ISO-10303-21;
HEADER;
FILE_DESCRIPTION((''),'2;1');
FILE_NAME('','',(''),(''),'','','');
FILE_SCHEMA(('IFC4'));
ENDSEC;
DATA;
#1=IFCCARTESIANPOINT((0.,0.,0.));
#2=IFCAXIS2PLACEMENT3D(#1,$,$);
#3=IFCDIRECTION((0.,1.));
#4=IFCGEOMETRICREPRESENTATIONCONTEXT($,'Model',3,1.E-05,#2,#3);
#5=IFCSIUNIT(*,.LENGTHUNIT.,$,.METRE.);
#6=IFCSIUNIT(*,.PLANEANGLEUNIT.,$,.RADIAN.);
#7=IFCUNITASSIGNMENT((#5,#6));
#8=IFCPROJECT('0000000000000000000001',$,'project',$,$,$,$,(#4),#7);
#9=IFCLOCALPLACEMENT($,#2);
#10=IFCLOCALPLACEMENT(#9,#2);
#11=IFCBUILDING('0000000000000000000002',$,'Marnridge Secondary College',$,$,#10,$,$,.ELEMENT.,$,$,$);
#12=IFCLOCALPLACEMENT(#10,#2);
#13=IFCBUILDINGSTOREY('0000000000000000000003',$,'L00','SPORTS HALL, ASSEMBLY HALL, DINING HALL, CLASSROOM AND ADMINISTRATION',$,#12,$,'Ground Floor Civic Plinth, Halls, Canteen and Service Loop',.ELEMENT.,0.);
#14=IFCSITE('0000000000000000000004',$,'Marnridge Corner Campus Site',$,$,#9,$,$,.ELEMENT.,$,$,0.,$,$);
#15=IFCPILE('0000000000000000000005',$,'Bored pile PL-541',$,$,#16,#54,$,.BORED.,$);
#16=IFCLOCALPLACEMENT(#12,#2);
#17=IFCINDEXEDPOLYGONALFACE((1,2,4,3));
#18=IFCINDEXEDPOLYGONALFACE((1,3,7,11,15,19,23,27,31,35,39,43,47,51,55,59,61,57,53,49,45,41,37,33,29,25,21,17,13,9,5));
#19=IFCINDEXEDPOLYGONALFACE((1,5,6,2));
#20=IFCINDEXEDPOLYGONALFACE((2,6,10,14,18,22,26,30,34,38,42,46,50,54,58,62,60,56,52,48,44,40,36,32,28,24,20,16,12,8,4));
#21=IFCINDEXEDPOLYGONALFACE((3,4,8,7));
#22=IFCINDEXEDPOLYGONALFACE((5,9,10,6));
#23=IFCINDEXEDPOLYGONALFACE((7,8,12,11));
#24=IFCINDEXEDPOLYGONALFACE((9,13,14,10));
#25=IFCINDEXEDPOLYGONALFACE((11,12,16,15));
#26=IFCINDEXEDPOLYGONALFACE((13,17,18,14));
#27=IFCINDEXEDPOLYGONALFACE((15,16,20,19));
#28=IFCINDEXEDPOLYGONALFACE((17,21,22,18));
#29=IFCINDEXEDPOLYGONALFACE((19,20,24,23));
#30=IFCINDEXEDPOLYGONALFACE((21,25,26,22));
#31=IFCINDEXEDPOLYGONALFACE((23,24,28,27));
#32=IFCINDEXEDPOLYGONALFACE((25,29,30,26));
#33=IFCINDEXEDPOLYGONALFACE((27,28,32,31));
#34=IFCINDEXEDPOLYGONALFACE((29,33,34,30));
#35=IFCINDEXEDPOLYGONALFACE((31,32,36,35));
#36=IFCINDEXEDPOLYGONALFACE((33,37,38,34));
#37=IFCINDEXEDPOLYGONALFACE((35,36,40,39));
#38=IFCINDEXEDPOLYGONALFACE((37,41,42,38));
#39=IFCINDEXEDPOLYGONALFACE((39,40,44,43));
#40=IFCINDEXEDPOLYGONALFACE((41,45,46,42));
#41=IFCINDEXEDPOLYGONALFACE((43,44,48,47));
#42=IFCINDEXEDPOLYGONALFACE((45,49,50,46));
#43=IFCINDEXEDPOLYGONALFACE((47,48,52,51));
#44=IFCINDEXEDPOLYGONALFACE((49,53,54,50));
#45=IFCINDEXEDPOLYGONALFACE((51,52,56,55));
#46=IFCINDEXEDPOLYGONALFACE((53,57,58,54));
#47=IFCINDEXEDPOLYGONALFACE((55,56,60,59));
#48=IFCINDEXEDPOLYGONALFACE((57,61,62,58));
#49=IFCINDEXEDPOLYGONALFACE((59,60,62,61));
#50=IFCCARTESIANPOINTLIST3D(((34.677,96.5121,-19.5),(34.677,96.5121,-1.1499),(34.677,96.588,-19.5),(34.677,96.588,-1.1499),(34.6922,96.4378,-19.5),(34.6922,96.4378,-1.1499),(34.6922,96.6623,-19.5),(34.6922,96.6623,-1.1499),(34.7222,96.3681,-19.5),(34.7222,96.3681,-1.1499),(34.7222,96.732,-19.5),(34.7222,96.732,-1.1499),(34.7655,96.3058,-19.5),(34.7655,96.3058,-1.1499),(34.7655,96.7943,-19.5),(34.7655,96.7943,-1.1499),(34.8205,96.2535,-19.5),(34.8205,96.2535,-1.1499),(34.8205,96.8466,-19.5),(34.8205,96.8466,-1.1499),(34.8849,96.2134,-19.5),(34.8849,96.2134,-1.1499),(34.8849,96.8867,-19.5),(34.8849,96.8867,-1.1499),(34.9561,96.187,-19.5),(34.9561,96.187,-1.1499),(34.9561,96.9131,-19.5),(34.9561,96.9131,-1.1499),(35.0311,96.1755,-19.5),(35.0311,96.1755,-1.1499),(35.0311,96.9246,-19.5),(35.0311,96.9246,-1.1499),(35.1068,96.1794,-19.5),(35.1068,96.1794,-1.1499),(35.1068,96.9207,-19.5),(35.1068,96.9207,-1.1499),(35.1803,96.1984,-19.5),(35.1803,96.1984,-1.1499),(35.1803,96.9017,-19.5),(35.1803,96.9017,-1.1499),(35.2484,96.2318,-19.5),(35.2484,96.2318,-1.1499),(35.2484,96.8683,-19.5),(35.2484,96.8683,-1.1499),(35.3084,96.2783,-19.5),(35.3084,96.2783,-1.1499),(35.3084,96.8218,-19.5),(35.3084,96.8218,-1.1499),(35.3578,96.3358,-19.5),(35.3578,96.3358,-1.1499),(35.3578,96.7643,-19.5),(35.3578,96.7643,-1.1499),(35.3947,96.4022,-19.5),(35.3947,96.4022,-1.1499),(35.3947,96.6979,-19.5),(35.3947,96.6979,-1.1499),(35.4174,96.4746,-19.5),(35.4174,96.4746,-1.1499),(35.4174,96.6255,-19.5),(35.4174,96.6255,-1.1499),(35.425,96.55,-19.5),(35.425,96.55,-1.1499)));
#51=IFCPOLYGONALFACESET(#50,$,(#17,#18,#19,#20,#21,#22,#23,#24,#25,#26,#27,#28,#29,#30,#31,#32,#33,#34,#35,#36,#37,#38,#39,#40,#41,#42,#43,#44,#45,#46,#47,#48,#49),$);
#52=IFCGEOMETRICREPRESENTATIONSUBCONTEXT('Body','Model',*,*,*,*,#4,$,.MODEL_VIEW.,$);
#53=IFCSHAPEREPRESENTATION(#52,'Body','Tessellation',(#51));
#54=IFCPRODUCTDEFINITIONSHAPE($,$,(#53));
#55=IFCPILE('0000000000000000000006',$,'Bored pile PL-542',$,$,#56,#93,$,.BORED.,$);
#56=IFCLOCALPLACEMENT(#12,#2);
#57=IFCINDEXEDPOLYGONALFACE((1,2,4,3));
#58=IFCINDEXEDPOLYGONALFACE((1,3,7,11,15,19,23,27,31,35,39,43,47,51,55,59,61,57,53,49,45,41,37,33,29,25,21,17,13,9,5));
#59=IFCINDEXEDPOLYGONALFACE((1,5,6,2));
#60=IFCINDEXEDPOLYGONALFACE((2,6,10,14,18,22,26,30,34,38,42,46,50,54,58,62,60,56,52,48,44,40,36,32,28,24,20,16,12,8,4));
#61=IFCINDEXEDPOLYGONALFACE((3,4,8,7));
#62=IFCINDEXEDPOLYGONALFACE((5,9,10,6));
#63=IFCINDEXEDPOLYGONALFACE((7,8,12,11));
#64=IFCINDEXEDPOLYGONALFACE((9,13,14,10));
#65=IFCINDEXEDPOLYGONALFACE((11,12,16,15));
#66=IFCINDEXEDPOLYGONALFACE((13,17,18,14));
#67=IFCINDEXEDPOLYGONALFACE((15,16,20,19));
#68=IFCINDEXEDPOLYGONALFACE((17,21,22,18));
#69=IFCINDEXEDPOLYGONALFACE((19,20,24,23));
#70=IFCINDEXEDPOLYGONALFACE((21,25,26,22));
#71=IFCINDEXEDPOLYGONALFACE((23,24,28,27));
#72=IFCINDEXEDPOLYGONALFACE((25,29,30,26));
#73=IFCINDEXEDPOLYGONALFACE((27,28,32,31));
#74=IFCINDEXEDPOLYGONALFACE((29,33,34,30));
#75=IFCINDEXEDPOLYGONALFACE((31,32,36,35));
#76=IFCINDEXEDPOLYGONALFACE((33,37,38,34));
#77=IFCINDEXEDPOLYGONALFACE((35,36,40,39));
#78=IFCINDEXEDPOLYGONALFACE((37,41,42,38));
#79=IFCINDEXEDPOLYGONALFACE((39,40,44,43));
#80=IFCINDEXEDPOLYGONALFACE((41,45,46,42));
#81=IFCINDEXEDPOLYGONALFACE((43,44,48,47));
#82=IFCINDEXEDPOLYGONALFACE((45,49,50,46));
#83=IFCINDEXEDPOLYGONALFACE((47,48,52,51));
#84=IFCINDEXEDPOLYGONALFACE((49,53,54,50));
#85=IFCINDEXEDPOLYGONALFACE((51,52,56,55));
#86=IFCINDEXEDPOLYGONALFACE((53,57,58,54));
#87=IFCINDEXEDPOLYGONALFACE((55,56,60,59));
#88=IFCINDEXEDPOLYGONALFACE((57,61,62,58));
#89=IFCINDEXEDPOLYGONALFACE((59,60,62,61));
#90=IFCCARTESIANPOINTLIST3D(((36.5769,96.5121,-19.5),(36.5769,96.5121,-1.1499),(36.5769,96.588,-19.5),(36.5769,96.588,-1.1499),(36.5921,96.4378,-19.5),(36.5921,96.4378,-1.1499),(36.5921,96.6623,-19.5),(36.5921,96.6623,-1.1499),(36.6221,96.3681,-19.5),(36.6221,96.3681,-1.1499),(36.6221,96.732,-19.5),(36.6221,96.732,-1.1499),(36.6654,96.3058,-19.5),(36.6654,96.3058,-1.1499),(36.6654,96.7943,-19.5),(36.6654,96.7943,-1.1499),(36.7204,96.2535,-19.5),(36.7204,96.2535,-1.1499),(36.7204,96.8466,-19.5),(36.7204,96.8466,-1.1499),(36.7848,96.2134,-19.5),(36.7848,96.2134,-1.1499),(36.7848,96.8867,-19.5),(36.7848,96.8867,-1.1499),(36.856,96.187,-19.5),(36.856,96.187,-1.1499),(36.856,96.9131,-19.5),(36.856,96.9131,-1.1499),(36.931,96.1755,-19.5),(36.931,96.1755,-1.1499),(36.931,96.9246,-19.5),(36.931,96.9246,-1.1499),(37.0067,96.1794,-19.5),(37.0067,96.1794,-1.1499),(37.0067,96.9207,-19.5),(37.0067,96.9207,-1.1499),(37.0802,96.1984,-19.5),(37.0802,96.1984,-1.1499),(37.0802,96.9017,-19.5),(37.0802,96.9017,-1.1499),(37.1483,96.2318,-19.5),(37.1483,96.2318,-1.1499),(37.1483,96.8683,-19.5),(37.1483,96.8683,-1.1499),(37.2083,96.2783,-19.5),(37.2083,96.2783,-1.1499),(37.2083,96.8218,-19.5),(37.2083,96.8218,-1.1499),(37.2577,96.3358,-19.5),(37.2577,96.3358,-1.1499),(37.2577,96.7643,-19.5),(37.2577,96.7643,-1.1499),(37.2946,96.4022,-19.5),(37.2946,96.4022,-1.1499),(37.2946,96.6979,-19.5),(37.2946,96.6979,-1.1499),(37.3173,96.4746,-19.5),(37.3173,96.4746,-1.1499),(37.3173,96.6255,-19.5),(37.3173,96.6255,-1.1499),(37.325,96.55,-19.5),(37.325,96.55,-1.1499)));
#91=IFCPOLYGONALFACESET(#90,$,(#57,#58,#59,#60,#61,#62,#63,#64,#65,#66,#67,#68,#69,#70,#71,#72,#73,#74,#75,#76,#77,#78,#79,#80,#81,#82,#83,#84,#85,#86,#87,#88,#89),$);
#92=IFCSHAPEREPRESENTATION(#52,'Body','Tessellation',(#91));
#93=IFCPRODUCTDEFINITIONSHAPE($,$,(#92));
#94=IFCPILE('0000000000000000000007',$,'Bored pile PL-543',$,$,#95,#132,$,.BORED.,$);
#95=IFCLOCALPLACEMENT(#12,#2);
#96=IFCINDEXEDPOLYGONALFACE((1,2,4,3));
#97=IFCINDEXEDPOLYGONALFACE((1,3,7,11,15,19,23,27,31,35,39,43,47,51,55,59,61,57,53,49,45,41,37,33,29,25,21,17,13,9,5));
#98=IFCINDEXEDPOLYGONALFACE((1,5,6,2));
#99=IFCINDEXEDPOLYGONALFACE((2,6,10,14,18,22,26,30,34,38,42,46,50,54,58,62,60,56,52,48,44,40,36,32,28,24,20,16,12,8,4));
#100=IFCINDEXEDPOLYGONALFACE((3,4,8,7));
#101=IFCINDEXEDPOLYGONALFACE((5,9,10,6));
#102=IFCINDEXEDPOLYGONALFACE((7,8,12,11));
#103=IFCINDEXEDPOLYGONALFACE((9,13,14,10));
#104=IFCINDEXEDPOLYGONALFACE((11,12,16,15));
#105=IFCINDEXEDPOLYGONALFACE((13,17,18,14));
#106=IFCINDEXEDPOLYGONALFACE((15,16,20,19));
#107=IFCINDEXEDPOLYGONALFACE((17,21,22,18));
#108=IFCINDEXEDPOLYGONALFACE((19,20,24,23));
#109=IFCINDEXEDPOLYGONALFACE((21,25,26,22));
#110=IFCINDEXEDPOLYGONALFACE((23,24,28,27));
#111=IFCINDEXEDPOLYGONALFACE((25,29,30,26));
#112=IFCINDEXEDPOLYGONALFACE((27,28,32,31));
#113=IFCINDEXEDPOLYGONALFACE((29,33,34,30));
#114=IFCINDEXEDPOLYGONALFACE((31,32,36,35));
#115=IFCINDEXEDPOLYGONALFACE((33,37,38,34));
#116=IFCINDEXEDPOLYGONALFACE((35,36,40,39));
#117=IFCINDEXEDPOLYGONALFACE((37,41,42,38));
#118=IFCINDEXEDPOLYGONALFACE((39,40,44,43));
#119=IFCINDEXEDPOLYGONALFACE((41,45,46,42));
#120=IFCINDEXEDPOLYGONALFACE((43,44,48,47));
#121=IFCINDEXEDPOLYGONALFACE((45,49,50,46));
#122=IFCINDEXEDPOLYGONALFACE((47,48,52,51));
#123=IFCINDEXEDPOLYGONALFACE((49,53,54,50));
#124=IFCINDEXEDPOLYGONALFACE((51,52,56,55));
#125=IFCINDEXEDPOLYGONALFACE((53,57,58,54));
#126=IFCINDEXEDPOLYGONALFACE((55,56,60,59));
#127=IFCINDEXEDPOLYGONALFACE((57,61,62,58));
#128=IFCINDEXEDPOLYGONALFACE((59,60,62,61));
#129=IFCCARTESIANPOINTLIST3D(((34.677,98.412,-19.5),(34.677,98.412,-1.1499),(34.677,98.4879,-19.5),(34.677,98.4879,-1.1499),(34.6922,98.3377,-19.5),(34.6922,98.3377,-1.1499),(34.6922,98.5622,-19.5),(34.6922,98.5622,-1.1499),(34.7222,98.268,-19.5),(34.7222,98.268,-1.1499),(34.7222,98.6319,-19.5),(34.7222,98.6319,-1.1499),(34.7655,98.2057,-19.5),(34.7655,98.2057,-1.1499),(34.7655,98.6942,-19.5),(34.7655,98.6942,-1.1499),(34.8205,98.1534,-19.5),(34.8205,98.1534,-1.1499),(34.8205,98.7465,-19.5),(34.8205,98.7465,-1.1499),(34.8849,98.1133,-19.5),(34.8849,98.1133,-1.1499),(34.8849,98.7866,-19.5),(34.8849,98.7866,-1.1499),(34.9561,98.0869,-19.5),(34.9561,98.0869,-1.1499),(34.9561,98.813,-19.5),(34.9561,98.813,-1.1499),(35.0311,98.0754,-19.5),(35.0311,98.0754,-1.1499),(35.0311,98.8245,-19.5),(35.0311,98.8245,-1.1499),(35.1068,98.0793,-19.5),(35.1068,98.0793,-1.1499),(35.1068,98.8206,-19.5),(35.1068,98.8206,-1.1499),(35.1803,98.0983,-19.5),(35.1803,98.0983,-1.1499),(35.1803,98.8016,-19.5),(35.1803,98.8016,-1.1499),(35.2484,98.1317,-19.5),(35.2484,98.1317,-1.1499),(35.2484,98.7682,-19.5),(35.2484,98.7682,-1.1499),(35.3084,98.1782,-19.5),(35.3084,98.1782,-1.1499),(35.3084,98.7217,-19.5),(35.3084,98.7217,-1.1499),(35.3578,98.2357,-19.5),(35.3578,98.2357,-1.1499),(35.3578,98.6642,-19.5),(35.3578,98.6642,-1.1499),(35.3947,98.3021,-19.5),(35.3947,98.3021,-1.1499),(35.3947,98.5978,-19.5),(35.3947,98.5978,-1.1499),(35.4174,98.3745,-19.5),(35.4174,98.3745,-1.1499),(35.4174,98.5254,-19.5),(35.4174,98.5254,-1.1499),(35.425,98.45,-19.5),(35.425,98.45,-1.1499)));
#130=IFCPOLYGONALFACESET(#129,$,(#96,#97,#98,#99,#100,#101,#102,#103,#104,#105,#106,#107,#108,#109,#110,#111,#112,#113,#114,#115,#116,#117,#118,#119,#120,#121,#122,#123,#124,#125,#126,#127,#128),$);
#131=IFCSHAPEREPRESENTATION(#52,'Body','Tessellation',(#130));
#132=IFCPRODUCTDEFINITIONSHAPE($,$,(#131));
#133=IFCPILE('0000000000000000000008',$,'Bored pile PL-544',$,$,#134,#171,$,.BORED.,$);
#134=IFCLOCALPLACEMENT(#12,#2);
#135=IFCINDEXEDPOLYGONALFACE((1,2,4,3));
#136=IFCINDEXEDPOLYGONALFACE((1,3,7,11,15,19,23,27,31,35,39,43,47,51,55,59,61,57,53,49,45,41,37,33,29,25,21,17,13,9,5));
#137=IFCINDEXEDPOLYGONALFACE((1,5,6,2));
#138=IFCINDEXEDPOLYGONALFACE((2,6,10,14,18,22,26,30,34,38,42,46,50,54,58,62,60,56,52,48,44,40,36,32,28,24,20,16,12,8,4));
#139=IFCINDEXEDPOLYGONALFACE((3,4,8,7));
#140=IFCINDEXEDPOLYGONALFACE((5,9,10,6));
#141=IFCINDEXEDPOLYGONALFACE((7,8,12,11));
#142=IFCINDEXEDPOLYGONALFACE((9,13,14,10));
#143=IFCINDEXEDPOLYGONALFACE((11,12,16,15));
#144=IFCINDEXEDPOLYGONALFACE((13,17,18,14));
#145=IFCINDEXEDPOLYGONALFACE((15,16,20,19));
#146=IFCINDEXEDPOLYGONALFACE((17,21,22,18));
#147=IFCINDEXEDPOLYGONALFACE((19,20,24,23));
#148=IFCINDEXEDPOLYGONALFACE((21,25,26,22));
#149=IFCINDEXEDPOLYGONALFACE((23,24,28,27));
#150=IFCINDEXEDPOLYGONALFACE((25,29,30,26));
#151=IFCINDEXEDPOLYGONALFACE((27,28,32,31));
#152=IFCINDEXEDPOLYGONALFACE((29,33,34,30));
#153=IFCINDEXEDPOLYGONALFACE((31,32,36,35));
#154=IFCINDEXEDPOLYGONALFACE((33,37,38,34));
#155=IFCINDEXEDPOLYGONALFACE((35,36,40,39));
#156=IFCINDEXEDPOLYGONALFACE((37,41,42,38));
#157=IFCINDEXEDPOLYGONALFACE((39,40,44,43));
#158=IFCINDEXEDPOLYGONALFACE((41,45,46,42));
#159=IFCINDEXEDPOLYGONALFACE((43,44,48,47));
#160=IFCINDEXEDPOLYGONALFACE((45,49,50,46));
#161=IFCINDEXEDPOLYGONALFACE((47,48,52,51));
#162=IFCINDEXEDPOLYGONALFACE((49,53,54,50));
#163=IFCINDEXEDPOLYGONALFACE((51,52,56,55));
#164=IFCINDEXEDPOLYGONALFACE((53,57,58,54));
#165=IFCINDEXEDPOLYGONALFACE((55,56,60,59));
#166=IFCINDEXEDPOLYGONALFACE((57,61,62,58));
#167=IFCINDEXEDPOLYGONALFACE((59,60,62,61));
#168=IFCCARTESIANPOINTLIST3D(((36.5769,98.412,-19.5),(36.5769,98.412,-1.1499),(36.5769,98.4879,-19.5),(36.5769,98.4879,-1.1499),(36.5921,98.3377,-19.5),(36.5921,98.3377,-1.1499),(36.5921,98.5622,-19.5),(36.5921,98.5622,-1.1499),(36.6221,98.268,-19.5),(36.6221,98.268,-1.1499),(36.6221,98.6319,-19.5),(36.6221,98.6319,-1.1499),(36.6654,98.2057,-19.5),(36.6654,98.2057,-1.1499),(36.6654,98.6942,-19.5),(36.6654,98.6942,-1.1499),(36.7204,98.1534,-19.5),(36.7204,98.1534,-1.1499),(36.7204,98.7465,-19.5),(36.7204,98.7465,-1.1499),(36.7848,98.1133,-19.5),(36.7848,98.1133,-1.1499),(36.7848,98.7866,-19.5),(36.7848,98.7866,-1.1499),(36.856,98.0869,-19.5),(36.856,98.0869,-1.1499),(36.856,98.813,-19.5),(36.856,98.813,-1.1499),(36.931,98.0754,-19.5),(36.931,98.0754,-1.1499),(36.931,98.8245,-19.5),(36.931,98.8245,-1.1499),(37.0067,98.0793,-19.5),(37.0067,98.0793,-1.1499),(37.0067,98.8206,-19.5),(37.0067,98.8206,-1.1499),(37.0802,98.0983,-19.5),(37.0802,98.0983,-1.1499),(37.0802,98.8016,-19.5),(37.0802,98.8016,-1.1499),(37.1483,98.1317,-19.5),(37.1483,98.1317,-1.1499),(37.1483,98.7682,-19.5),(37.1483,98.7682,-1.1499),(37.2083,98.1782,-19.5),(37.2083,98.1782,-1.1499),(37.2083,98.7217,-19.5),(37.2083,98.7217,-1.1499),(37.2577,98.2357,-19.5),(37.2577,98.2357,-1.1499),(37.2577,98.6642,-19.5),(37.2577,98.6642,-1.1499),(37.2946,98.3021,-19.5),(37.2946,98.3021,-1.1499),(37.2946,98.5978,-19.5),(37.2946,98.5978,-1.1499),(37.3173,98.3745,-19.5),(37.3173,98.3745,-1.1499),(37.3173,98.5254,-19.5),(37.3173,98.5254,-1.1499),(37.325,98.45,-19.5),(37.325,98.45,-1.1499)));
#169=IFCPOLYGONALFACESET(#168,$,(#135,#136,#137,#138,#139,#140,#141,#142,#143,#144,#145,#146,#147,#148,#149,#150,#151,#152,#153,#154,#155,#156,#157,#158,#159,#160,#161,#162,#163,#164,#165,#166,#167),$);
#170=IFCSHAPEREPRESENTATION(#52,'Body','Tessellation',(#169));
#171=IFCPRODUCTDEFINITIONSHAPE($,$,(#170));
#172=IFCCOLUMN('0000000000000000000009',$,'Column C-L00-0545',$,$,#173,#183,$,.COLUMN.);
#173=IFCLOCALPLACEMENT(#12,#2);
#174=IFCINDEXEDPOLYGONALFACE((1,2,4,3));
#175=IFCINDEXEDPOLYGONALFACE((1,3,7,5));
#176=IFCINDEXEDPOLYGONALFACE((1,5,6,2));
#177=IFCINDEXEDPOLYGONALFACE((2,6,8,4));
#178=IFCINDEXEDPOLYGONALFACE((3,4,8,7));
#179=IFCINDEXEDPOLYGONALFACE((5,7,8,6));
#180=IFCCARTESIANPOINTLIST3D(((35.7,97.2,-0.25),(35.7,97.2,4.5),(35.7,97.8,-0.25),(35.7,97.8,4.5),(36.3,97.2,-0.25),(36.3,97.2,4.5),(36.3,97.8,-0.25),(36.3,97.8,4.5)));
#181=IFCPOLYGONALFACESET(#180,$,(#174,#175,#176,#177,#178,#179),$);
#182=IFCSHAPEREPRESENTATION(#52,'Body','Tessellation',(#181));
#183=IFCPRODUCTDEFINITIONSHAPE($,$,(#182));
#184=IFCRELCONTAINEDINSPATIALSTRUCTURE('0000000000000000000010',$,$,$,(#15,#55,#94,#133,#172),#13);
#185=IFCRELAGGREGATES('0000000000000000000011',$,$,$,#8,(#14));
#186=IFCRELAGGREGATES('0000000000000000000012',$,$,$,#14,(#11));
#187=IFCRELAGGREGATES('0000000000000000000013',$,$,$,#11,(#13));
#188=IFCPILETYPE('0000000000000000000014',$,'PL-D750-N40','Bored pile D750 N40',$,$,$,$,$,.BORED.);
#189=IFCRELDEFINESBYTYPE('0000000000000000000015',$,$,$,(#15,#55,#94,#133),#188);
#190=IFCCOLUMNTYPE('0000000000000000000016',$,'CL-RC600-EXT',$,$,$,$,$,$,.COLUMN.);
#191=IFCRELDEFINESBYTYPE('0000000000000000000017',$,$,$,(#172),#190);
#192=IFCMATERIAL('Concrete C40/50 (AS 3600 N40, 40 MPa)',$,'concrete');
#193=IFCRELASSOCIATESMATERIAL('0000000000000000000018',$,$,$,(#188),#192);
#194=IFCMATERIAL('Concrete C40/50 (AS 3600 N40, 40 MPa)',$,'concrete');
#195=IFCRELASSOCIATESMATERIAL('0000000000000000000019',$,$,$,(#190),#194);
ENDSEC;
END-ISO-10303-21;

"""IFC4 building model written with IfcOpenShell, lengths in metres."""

from ifc_helpers import new_model, si_unit, direction, frame, origin, origin_2d, place, context, subcontext, project, spatial, rectangle, circle, extrude, material, material_profile, profile_set, type_object, element, save


model = new_model("IFC4")

# Units and contexts
model_context = context("Model", 3, precision=1e-05, world=origin(), true_north=direction((0.0, 1.0)))
body_context = subcontext(model_context, "Body", "Model", "MODEL_VIEW")
ifc_project = project(units=[si_unit("LENGTHUNIT", "METRE"), si_unit("PLANEANGLEUNIT", "RADIAN")], contexts=[model_context])

# Site, building, storey
site_placement = place(None, origin())
site = spatial("IfcSite", under=ifc_project, at=site_placement, Name="Marnridge Corner Campus Site", CompositionType="ELEMENT", RefElevation=0.0)
building_placement = place(site_placement, origin())
building = spatial("IfcBuilding", under=site, at=building_placement, Name="Marnridge Secondary College", CompositionType="ELEMENT")
storey_placement = place(building_placement, origin())
storey = spatial("IfcBuildingStorey", under=building, at=storey_placement, Name="L00", Description="SPORTS HALL, ASSEMBLY HALL, DINING HALL, CLASSROOM AND ADMINISTRATION", LongName="Ground Floor Civic Plinth, Halls, Canteen and Service Loop", CompositionType="ELEMENT", Elevation=0.0)

# Piles
ifc_material_1 = material(Name="Concrete C40/50 (AS 3600 N40, 40 MPa)", Category="concrete")
ifc_material_profile_1 = material_profile(ifc_material_1, circle(Radius=0.375, at=origin_2d()), Name="PILE D750")
ifc_profile_set_1 = profile_set([ifc_material_profile_1], Name="Concrete C40/50 (AS 3600 N40, 40 MPa)")
pile_type = type_object("IfcPileType", Name="PL-D750-N40", Description="Bored pile D750 N40", PredefinedType="BORED", material=ifc_profile_set_1)
for number, where, z_axis, x_axis, name in (
    (1, (35.05, 96.55, -1.1499), (0.0, 0.0, -1.0), (1.0, 0.0, 0.0), "Bored pile PL-541"),
    (2, (36.95, 96.55, -1.1499), (0.0, 0.0, -1.0), (1.0, 0.0, 0.0), "Bored pile PL-542"),
    (3, (35.05, 98.45, -1.1499), (0.0, 0.0, -1.0), (1.0, 0.0, 0.0), "Bored pile PL-543"),
    (4, (36.95, 98.45, -1.1499), (0.0, 0.0, -1.0), (1.0, 0.0, 0.0), "Bored pile PL-544"),
):
    element("IfcPile", number, at=place(storey_placement, frame(where, z_axis=z_axis, x_axis=x_axis)), inside=storey, type_object=pile_type, Name=name, PredefinedType="BORED", context=body_context, shape_type="SweptSolid", body=[
        extrude(circle(Radius=0.375, at=origin_2d()), origin(), (0.0, 0.0, 1.0), 18.3501),
    ])

# Column
ifc_material_2 = material(Name="Concrete C40/50 (AS 3600 N40, 40 MPa)", Category="concrete")
ifc_material_profile_2 = material_profile(ifc_material_2, rectangle(XDim=0.6001, YDim=0.6001, at=origin_2d()), Name="RC 600x600")
ifc_profile_set_2 = profile_set([ifc_material_profile_2], Name="Concrete C40/50 (AS 3600 N40, 40 MPa)")
column_type_1 = type_object("IfcColumnType", Name="CL-RC600-EXT", PredefinedType="COLUMN", material=ifc_profile_set_2)
column_1_placement = place(storey_placement, frame((36.0, 97.5, -0.25), z_axis=(0.0, 0.0, 1.0), x_axis=(1.0, 0.0, 0.0)))
element("IfcColumn", 5, at=column_1_placement, inside=storey, type_object=column_type_1, Name="Column C-L00-0545", PredefinedType="COLUMN", context=body_context, shape_type="SweptSolid", body=[
    extrude(rectangle(XDim=0.6001, YDim=0.6001, at=origin_2d()), origin(), (0.0, 0.0, 1.0), 4.75),
])

save(model, "model.ifc")
